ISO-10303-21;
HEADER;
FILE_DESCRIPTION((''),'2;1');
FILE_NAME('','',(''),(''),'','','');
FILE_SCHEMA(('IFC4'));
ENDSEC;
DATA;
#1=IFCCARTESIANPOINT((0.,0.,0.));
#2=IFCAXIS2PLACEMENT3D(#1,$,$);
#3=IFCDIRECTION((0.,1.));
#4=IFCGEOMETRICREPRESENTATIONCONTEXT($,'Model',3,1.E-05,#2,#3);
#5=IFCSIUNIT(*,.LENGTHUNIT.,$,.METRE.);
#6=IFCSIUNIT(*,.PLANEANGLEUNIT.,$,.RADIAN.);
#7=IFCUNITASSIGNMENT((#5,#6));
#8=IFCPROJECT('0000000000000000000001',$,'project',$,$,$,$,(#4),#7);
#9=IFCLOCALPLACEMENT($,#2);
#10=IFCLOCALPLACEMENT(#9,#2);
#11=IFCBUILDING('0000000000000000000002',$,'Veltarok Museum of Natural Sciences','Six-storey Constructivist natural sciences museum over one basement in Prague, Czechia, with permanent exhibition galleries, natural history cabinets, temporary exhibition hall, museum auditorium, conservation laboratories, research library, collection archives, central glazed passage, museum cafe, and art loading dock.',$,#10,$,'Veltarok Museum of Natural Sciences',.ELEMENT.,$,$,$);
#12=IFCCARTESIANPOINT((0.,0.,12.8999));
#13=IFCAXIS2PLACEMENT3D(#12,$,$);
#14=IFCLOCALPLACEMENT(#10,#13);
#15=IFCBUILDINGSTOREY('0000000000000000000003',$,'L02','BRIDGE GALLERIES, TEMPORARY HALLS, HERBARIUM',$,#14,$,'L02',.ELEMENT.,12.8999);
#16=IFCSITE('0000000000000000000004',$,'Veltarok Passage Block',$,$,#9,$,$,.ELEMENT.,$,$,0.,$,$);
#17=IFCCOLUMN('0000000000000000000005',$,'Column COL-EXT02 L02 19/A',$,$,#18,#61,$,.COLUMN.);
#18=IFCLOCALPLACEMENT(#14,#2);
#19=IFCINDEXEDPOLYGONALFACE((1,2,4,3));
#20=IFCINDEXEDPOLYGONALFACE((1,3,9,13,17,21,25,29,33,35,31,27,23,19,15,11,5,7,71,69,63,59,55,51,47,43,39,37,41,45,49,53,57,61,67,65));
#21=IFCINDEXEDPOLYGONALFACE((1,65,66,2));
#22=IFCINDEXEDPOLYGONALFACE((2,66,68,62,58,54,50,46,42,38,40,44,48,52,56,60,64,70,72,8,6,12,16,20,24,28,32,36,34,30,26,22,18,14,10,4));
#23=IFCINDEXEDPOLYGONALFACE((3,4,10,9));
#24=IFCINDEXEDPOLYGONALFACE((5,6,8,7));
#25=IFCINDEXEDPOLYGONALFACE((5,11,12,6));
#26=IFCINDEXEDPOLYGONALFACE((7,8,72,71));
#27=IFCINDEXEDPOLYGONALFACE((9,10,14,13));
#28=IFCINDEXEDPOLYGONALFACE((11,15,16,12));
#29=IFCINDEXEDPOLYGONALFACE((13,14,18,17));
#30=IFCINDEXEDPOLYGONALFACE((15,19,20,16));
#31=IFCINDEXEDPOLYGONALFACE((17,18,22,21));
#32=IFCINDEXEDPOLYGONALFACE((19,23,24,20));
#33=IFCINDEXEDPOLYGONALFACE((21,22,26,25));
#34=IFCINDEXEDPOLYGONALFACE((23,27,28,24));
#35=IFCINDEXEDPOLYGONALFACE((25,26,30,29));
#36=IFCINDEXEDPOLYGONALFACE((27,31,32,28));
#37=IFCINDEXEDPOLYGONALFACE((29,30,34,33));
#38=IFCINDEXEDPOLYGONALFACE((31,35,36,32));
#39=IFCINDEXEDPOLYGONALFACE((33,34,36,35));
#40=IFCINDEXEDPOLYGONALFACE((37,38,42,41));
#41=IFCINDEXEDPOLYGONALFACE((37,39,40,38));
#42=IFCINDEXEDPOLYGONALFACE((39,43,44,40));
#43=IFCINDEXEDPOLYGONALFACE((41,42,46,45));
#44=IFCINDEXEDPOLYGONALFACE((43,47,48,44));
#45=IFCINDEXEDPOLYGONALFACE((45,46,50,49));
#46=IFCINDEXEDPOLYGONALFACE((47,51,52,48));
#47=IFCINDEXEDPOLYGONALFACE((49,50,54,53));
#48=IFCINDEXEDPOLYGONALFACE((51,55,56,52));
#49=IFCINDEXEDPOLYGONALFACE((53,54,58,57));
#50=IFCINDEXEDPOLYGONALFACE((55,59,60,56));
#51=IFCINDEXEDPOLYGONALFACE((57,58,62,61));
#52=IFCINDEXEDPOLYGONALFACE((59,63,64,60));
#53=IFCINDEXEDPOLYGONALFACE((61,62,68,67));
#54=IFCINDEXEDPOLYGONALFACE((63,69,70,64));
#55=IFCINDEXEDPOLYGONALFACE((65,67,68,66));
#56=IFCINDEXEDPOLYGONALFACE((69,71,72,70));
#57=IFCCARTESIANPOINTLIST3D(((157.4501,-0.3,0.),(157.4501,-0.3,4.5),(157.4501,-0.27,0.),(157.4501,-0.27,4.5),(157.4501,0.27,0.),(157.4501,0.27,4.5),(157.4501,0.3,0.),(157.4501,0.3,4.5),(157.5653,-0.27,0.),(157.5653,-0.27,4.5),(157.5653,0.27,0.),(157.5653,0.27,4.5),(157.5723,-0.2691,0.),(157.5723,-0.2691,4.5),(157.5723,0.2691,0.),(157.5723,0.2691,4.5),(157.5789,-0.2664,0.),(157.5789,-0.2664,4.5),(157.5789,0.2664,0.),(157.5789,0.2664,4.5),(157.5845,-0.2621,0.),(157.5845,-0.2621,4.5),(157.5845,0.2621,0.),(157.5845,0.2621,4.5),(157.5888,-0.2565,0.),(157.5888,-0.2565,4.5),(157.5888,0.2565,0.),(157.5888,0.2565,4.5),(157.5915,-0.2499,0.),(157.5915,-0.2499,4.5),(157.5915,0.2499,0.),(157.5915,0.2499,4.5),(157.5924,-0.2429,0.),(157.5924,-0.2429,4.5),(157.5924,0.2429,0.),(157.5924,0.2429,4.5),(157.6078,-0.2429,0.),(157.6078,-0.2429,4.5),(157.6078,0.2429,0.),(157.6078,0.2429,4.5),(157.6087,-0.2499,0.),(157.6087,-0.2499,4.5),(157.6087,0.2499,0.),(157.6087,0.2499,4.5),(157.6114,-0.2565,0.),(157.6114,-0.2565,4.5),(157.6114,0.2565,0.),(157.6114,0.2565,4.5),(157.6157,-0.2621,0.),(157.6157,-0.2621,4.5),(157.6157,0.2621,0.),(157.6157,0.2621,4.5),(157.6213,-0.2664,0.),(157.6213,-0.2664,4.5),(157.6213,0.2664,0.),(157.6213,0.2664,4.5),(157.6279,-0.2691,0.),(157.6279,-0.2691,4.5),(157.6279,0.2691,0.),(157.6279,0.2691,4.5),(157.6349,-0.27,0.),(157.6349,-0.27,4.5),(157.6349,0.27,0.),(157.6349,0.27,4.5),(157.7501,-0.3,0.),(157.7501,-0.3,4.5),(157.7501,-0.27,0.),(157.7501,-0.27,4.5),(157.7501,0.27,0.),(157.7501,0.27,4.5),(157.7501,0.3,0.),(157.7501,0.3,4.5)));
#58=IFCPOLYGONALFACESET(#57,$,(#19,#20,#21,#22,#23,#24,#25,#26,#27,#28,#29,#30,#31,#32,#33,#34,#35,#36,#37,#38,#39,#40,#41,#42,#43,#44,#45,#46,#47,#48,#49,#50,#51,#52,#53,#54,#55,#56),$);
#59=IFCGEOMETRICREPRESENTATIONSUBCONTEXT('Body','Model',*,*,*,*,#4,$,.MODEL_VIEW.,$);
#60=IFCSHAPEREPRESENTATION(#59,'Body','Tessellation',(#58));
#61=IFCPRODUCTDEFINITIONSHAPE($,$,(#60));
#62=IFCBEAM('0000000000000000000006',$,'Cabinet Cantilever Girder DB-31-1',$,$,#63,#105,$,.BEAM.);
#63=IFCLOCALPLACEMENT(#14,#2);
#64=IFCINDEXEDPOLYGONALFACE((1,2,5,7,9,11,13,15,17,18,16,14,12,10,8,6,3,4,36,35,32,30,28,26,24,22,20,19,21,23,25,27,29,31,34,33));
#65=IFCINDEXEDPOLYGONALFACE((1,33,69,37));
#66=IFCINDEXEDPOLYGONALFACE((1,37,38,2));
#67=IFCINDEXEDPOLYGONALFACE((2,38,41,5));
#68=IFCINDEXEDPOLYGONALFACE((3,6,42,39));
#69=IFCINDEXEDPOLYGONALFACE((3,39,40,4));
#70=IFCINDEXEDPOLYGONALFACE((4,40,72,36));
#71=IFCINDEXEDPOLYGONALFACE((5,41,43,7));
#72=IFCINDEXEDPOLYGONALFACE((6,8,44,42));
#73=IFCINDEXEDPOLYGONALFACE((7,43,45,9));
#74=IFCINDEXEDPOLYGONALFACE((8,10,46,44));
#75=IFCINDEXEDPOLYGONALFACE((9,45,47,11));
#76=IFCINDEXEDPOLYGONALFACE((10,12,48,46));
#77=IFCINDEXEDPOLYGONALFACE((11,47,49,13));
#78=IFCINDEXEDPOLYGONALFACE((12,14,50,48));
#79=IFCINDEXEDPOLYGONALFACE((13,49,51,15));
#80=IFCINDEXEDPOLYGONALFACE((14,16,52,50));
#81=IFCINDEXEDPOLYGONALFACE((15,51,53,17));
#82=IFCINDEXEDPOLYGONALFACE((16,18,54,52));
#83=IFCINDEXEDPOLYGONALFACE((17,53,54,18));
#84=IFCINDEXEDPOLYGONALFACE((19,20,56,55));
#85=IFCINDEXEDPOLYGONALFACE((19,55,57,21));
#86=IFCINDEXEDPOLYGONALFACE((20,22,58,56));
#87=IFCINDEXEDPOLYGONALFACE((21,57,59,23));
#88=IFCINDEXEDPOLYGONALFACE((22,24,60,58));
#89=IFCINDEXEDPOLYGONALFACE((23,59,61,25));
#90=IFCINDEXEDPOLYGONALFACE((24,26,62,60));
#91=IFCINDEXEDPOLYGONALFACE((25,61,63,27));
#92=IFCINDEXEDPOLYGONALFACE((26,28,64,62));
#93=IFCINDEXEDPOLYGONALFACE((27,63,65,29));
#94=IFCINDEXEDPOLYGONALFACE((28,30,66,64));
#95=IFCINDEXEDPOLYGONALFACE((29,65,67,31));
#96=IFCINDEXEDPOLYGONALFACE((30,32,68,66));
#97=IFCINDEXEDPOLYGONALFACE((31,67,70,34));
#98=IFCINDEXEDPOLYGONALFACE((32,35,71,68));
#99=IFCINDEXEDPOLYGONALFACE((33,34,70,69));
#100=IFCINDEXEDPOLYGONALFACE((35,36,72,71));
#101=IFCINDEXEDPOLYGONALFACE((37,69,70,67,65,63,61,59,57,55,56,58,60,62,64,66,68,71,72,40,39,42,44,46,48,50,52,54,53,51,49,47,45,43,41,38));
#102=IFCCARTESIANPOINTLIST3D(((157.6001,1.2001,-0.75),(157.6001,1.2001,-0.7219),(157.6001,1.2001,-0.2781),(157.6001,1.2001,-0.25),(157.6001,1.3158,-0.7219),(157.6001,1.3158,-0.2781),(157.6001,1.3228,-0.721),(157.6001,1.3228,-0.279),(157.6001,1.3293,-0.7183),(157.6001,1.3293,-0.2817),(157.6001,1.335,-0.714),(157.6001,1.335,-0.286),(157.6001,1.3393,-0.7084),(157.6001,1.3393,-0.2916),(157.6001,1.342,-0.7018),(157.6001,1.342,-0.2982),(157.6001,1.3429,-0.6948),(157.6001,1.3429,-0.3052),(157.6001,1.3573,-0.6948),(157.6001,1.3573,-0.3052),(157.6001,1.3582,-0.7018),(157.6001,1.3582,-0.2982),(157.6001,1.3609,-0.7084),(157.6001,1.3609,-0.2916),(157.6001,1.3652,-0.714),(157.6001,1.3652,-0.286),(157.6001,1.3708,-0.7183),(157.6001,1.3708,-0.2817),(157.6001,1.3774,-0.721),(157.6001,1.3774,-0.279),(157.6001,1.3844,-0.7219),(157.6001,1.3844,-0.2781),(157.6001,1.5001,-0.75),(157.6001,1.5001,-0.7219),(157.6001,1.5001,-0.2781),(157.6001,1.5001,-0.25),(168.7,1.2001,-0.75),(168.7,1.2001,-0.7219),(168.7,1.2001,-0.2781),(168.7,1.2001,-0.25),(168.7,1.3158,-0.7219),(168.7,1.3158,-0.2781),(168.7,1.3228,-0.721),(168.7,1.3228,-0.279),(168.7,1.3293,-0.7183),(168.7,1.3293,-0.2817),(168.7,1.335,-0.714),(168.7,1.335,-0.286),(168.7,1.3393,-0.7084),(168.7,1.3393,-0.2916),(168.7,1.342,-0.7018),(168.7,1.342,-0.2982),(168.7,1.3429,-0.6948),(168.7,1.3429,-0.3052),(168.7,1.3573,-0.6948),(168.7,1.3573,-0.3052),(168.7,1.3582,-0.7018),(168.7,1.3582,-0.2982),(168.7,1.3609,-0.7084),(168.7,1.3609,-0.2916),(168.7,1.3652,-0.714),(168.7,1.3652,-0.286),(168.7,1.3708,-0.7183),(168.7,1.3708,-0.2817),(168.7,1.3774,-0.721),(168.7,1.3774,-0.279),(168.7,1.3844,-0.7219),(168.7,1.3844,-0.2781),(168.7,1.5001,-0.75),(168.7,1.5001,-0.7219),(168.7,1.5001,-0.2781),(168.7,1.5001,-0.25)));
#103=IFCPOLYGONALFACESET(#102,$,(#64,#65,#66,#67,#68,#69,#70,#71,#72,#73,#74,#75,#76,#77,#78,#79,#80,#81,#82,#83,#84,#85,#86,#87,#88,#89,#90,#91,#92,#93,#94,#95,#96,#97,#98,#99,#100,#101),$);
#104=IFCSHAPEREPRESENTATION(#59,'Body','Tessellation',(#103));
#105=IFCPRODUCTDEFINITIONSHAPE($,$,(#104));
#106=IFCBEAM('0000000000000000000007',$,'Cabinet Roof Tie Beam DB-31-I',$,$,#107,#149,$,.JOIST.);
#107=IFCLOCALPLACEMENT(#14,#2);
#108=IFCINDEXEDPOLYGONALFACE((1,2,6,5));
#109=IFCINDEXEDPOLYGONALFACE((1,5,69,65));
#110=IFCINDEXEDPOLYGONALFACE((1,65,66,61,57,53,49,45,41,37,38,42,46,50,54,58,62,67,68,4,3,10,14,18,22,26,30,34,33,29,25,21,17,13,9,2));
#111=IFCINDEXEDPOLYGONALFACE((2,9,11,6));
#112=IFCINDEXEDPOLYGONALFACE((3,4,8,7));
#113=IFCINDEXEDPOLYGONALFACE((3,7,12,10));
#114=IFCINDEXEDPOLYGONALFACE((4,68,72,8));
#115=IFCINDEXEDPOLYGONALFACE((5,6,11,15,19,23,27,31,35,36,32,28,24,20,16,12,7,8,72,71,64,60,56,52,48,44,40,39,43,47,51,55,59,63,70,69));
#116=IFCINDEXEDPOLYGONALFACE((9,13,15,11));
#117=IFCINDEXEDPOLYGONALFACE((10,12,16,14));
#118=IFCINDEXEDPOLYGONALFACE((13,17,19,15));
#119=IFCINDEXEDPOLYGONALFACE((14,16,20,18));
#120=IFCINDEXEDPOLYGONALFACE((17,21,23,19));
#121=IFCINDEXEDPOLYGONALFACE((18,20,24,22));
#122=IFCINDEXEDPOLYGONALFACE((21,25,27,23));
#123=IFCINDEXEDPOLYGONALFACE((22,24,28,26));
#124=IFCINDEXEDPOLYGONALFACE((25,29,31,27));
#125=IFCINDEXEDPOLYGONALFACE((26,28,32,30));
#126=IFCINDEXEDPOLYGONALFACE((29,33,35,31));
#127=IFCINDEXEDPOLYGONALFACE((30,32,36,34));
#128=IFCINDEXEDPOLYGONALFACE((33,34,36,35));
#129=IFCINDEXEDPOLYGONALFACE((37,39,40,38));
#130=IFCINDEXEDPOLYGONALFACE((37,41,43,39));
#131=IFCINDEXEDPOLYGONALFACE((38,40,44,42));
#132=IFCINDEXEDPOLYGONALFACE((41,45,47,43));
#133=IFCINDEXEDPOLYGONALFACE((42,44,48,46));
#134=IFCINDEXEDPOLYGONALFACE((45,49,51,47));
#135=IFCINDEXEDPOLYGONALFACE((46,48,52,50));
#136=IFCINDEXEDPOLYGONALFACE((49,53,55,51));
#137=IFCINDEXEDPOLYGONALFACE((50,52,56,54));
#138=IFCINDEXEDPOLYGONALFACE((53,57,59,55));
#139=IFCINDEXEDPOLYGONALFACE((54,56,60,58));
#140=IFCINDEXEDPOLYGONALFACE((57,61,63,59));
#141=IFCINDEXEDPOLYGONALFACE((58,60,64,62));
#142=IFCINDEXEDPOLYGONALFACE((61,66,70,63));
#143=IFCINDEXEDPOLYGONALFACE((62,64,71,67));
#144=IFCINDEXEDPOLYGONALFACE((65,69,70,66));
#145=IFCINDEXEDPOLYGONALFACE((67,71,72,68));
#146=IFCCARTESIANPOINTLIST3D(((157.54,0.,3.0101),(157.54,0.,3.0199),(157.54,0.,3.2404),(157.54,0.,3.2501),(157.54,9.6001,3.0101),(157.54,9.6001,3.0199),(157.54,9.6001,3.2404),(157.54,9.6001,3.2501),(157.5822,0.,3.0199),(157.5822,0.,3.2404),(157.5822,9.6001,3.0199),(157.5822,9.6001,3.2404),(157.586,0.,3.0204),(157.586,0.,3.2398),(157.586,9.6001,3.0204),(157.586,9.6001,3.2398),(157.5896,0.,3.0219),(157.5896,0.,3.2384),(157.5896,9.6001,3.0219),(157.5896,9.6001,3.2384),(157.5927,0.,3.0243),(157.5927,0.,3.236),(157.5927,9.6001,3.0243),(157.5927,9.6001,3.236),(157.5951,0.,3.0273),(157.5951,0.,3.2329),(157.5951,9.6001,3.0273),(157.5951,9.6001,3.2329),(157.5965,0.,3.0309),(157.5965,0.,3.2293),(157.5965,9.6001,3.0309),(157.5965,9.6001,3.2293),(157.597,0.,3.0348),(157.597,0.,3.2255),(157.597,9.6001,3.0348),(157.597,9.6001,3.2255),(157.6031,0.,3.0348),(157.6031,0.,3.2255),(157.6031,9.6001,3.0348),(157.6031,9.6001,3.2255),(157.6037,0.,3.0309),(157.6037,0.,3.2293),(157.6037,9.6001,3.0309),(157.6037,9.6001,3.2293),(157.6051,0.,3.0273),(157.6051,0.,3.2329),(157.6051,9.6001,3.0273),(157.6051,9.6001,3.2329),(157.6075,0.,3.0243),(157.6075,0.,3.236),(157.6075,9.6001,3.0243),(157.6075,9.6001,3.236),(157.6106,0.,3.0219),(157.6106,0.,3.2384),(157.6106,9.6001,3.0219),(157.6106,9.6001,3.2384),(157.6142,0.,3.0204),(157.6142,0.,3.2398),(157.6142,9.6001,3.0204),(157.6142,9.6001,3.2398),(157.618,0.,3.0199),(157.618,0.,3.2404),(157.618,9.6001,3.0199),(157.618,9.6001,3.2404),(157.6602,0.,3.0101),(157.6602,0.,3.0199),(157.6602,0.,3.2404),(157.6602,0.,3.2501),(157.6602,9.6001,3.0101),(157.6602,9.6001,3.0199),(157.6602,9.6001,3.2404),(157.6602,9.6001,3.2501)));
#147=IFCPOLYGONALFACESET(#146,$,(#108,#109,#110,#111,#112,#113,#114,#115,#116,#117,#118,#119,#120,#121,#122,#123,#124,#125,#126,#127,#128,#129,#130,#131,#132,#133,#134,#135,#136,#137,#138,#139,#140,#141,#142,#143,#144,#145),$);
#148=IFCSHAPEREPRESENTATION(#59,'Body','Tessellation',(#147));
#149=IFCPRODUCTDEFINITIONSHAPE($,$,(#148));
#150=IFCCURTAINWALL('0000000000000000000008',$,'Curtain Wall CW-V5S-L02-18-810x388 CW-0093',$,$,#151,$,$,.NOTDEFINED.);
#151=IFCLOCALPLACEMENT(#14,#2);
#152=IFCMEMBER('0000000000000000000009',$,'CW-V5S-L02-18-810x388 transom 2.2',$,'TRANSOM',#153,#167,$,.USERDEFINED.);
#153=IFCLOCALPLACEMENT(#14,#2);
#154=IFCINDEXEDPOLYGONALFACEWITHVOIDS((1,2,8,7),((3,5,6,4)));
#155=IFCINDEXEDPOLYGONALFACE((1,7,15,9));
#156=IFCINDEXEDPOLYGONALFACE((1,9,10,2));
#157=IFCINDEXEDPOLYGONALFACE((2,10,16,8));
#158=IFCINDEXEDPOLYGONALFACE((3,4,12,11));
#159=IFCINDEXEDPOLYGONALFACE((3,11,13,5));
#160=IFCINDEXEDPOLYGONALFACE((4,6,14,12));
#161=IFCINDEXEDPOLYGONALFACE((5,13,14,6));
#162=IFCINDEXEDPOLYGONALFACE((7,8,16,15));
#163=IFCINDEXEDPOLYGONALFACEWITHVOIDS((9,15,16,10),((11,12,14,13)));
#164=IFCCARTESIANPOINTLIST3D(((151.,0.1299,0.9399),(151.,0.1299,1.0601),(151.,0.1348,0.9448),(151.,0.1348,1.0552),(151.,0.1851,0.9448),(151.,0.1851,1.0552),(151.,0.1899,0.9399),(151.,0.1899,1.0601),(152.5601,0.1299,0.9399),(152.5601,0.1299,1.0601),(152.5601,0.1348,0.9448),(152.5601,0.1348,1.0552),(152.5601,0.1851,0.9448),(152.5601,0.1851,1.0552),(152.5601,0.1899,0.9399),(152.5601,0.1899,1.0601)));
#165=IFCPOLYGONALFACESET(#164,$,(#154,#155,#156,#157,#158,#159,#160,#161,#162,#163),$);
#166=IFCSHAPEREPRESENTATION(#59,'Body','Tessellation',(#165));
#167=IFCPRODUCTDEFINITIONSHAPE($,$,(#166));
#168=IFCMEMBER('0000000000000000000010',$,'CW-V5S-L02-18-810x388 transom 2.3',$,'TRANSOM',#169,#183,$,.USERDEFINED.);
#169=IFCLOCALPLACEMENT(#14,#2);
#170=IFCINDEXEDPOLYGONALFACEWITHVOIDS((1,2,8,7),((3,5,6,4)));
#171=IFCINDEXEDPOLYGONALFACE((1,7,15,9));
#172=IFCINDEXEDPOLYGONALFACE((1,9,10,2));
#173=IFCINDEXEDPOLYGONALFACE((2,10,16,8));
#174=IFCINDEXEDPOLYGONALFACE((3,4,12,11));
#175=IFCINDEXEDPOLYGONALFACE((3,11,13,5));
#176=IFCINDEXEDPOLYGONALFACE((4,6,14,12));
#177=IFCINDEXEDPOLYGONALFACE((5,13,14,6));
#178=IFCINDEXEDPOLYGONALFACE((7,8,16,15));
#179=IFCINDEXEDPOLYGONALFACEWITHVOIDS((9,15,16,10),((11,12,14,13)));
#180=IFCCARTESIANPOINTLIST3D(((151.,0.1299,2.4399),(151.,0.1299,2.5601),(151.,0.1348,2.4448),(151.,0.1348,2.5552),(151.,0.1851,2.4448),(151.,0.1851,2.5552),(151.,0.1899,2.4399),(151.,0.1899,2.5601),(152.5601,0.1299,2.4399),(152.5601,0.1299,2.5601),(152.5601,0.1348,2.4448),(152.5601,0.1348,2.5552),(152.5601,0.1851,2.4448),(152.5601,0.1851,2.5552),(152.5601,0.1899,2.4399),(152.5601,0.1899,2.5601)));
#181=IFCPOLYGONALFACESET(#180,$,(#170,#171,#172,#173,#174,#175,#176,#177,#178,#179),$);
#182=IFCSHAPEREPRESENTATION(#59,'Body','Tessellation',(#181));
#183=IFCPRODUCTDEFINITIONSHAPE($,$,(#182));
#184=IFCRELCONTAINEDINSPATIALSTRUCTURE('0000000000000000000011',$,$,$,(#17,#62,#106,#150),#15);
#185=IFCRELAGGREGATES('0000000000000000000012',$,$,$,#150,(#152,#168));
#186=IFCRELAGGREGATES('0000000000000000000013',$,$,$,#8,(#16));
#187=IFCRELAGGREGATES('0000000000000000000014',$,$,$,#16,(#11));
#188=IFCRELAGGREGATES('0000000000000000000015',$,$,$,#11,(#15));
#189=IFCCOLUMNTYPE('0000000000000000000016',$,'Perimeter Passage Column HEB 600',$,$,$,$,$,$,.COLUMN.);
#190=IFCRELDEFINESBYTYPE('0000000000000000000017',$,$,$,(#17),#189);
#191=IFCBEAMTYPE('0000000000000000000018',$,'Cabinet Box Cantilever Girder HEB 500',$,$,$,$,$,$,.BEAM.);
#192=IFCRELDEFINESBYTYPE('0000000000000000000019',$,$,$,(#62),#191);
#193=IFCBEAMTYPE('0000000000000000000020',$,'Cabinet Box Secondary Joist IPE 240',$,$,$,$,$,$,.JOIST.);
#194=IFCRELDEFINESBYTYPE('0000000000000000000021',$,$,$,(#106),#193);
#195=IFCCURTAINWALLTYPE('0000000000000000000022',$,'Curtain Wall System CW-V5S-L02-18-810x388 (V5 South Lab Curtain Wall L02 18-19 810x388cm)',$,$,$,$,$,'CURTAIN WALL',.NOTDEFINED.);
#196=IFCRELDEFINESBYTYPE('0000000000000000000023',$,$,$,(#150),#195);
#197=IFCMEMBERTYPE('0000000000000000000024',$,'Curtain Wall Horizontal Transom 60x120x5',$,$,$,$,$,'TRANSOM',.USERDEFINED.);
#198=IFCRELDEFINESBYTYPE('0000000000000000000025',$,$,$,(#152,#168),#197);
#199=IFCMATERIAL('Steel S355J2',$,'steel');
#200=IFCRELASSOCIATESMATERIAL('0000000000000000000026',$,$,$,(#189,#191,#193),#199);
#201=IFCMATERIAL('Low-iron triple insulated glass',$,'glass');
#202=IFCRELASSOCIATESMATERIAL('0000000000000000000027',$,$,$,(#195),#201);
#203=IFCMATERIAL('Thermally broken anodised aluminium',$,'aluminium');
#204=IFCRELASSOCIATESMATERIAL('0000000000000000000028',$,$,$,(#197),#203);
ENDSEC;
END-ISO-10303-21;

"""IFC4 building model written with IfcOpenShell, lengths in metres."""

from ifc_helpers import new_model, si_unit, direction, frame, origin, origin_2d, place, context, subcontext, project, spatial, hollow_rectangle, i_section, extrude, material, material_profile, profile_set, type_object, element, aggregate, save


model = new_model("IFC4")

# Units and contexts
model_context = context("Model", 3, precision=1e-05, world=origin(), true_north=direction((0.0, 1.0)))
body_context = subcontext(model_context, "Body", "Model", "MODEL_VIEW")
ifc_project = project(units=[si_unit("LENGTHUNIT", "METRE"), si_unit("PLANEANGLEUNIT", "RADIAN")], contexts=[model_context])

# Site, building, storey
site_placement = place(None, origin())
site = spatial("IfcSite", under=ifc_project, at=site_placement, Name="Veltarok Passage Block", CompositionType="ELEMENT", RefElevation=0.0)
building_placement = place(site_placement, origin())
building = spatial("IfcBuilding", under=site, at=building_placement, Name="Veltarok Museum of Natural Sciences", Description="Six-storey Constructivist natural sciences museum over one basement in Prague, Czechia, with permanent exhibition galleries, natural history cabinets, temporary exhibition hall, museum auditorium, conservation laboratories, research library, collection archives, central glazed passage, museum cafe, and art loading dock.", LongName="Veltarok Museum of Natural Sciences", CompositionType="ELEMENT")
storey_placement = place(building_placement, frame((0.0, 0.0, 12.8999)))
storey = spatial("IfcBuildingStorey", under=building, at=storey_placement, Name="L02", Description="BRIDGE GALLERIES, TEMPORARY HALLS, HERBARIUM", LongName="L02", CompositionType="ELEMENT", Elevation=12.8999)

# Column
ifc_material_1 = material(Name="Steel S355J2", Category="steel")
ifc_material_profile_1 = material_profile(ifc_material_1, i_section(OverallWidth=0.3, OverallDepth=0.6001, WebThickness=0.0154, FlangeThickness=0.03, FilletRadius=0.0271, at=origin_2d()), Name="HEB 600")
ifc_profile_set_1 = profile_set([ifc_material_profile_1], Name="Steel S355J2")
column_type = type_object("IfcColumnType", Name="Perimeter Passage Column HEB 600", PredefinedType="COLUMN", material=ifc_profile_set_1)
column_placement = place(storey_placement, frame((157.6001, 0.0, 0.0), z_axis=(0.0, 0.0, 1.0), x_axis=(1.0, 0.0, 0.0)))
element("IfcColumn", 1, at=column_placement, inside=storey, type_object=column_type, Name="Column COL-EXT02 L02 19/A", PredefinedType="COLUMN", context=body_context, shape_type="SweptSolid", body=[
    extrude(i_section(OverallWidth=0.3, OverallDepth=0.6001, WebThickness=0.0154, FlangeThickness=0.03, FilletRadius=0.0271, at=origin_2d()), origin(), (0.0, 0.0, 1.0), 4.5),
])

# Beams
ifc_material_profile_2 = material_profile(ifc_material_1, i_section(OverallWidth=0.3, OverallDepth=0.5, WebThickness=0.0144, FlangeThickness=0.0281, FilletRadius=0.0271, at=origin_2d()), Name="HEB 500")
ifc_profile_set_2 = profile_set([ifc_material_profile_2], Name="Steel S355J2")
beam_type_1 = type_object("IfcBeamType", Name="Cabinet Box Cantilever Girder HEB 500", PredefinedType="BEAM", material=ifc_profile_set_2)
beam_1_placement = place(storey_placement, frame((157.6001, 1.3501, -0.5), z_axis=(1.0, 0.0, 0.0), x_axis=(0.0, 1.0, 0.0)))
element("IfcBeam", 2, at=beam_1_placement, inside=storey, type_object=beam_type_1, Name="Cabinet Cantilever Girder DB-31-1", PredefinedType="BEAM", context=body_context, shape_type="SweptSolid", body=[
    extrude(i_section(OverallWidth=0.3, OverallDepth=0.5, WebThickness=0.0144, FlangeThickness=0.0281, FilletRadius=0.0271, at=origin_2d()), origin(), (0.0, 0.0, 1.0), 11.0999),
])
ifc_material_profile_3 = material_profile(ifc_material_1, i_section(OverallWidth=0.1201, OverallDepth=0.24, WebThickness=0.0061, FlangeThickness=0.0098, FilletRadius=0.0149, at=origin_2d()), Name="IPE 240")
ifc_profile_set_3 = profile_set([ifc_material_profile_3], Name="Steel S355J2")
beam_type_2 = type_object("IfcBeamType", Name="Cabinet Box Secondary Joist IPE 240", PredefinedType="JOIST", material=ifc_profile_set_3)
beam_2_placement = place(storey_placement, frame((157.6001, 0.0, 3.1301), z_axis=(0.0, 1.0, 0.0), x_axis=(-1.0, 0.0, 0.0)))
element("IfcBeam", 3, at=beam_2_placement, inside=storey, type_object=beam_type_2, Name="Cabinet Roof Tie Beam DB-31-I", PredefinedType="JOIST", context=body_context, shape_type="SweptSolid", body=[
    extrude(i_section(OverallWidth=0.1201, OverallDepth=0.24, WebThickness=0.0061, FlangeThickness=0.0098, FilletRadius=0.0149, at=origin_2d()), origin(), (0.0, 0.0, 1.0), 9.6001),
])

# Curtain wall, members
ifc_material_2 = material(Name="Low-iron triple insulated glass", Category="glass")
curtain_wall_type = type_object("IfcCurtainWallType", Name="Curtain Wall System CW-V5S-L02-18-810x388 (V5 South Lab Curtain Wall L02 18-19 810x388cm)", ElementType="CURTAIN WALL", PredefinedType="NOTDEFINED", material=ifc_material_2)
curtain_wall_placement = place(storey_placement, origin())
curtain_wall = element("IfcCurtainWall", 4, at=curtain_wall_placement, inside=storey, type_object=curtain_wall_type, Name="Curtain Wall CW-V5S-L02-18-810x388 CW-0093", PredefinedType="NOTDEFINED")
ifc_material_3 = material(Name="Thermally broken anodised aluminium", Category="aluminium")
ifc_material_profile_4 = material_profile(ifc_material_3, hollow_rectangle(XDim=0.0601, YDim=0.1201, WallThickness=0.0049, at=origin_2d()), Name="CW TRANSOM 60x120x5")
ifc_profile_set_4 = profile_set([ifc_material_profile_4], Name="Thermally broken anodised aluminium")
member_type_1 = type_object("IfcMemberType", Name="Curtain Wall Horizontal Transom 60x120x5", ElementType="TRANSOM", PredefinedType="USERDEFINED", material=ifc_profile_set_4)
member_1_placement = place(storey_placement, frame((151.0, 0.1599, 1.0), z_axis=(1.0, 0.0, 0.0), x_axis=(0.0, 1.0, 0.0)))
member_1 = element("IfcMember", 5, at=member_1_placement, type_object=member_type_1, Name="CW-V5S-L02-18-810x388 transom 2.2", ObjectType="TRANSOM", PredefinedType="USERDEFINED", context=body_context, shape_type="SweptSolid", body=[
    extrude(hollow_rectangle(XDim=0.0601, YDim=0.1201, WallThickness=0.0049, at=origin_2d()), origin(), (0.0, 0.0, 1.0), 1.5601),
])
member_2_placement = place(storey_placement, frame((151.0, 0.1599, 2.5), z_axis=(1.0, 0.0, 0.0), x_axis=(0.0, 1.0, 0.0)))
member_2 = element("IfcMember", 6, at=member_2_placement, type_object=member_type_1, Name="CW-V5S-L02-18-810x388 transom 2.3", ObjectType="TRANSOM", PredefinedType="USERDEFINED", context=body_context, shape_type="SweptSolid", body=[
    extrude(hollow_rectangle(XDim=0.0601, YDim=0.1201, WallThickness=0.0049, at=origin_2d()), origin(), (0.0, 0.0, 1.0), 1.5601),
])

aggregate(curtain_wall, [member_1, member_2])

save(model, "model.ifc")
